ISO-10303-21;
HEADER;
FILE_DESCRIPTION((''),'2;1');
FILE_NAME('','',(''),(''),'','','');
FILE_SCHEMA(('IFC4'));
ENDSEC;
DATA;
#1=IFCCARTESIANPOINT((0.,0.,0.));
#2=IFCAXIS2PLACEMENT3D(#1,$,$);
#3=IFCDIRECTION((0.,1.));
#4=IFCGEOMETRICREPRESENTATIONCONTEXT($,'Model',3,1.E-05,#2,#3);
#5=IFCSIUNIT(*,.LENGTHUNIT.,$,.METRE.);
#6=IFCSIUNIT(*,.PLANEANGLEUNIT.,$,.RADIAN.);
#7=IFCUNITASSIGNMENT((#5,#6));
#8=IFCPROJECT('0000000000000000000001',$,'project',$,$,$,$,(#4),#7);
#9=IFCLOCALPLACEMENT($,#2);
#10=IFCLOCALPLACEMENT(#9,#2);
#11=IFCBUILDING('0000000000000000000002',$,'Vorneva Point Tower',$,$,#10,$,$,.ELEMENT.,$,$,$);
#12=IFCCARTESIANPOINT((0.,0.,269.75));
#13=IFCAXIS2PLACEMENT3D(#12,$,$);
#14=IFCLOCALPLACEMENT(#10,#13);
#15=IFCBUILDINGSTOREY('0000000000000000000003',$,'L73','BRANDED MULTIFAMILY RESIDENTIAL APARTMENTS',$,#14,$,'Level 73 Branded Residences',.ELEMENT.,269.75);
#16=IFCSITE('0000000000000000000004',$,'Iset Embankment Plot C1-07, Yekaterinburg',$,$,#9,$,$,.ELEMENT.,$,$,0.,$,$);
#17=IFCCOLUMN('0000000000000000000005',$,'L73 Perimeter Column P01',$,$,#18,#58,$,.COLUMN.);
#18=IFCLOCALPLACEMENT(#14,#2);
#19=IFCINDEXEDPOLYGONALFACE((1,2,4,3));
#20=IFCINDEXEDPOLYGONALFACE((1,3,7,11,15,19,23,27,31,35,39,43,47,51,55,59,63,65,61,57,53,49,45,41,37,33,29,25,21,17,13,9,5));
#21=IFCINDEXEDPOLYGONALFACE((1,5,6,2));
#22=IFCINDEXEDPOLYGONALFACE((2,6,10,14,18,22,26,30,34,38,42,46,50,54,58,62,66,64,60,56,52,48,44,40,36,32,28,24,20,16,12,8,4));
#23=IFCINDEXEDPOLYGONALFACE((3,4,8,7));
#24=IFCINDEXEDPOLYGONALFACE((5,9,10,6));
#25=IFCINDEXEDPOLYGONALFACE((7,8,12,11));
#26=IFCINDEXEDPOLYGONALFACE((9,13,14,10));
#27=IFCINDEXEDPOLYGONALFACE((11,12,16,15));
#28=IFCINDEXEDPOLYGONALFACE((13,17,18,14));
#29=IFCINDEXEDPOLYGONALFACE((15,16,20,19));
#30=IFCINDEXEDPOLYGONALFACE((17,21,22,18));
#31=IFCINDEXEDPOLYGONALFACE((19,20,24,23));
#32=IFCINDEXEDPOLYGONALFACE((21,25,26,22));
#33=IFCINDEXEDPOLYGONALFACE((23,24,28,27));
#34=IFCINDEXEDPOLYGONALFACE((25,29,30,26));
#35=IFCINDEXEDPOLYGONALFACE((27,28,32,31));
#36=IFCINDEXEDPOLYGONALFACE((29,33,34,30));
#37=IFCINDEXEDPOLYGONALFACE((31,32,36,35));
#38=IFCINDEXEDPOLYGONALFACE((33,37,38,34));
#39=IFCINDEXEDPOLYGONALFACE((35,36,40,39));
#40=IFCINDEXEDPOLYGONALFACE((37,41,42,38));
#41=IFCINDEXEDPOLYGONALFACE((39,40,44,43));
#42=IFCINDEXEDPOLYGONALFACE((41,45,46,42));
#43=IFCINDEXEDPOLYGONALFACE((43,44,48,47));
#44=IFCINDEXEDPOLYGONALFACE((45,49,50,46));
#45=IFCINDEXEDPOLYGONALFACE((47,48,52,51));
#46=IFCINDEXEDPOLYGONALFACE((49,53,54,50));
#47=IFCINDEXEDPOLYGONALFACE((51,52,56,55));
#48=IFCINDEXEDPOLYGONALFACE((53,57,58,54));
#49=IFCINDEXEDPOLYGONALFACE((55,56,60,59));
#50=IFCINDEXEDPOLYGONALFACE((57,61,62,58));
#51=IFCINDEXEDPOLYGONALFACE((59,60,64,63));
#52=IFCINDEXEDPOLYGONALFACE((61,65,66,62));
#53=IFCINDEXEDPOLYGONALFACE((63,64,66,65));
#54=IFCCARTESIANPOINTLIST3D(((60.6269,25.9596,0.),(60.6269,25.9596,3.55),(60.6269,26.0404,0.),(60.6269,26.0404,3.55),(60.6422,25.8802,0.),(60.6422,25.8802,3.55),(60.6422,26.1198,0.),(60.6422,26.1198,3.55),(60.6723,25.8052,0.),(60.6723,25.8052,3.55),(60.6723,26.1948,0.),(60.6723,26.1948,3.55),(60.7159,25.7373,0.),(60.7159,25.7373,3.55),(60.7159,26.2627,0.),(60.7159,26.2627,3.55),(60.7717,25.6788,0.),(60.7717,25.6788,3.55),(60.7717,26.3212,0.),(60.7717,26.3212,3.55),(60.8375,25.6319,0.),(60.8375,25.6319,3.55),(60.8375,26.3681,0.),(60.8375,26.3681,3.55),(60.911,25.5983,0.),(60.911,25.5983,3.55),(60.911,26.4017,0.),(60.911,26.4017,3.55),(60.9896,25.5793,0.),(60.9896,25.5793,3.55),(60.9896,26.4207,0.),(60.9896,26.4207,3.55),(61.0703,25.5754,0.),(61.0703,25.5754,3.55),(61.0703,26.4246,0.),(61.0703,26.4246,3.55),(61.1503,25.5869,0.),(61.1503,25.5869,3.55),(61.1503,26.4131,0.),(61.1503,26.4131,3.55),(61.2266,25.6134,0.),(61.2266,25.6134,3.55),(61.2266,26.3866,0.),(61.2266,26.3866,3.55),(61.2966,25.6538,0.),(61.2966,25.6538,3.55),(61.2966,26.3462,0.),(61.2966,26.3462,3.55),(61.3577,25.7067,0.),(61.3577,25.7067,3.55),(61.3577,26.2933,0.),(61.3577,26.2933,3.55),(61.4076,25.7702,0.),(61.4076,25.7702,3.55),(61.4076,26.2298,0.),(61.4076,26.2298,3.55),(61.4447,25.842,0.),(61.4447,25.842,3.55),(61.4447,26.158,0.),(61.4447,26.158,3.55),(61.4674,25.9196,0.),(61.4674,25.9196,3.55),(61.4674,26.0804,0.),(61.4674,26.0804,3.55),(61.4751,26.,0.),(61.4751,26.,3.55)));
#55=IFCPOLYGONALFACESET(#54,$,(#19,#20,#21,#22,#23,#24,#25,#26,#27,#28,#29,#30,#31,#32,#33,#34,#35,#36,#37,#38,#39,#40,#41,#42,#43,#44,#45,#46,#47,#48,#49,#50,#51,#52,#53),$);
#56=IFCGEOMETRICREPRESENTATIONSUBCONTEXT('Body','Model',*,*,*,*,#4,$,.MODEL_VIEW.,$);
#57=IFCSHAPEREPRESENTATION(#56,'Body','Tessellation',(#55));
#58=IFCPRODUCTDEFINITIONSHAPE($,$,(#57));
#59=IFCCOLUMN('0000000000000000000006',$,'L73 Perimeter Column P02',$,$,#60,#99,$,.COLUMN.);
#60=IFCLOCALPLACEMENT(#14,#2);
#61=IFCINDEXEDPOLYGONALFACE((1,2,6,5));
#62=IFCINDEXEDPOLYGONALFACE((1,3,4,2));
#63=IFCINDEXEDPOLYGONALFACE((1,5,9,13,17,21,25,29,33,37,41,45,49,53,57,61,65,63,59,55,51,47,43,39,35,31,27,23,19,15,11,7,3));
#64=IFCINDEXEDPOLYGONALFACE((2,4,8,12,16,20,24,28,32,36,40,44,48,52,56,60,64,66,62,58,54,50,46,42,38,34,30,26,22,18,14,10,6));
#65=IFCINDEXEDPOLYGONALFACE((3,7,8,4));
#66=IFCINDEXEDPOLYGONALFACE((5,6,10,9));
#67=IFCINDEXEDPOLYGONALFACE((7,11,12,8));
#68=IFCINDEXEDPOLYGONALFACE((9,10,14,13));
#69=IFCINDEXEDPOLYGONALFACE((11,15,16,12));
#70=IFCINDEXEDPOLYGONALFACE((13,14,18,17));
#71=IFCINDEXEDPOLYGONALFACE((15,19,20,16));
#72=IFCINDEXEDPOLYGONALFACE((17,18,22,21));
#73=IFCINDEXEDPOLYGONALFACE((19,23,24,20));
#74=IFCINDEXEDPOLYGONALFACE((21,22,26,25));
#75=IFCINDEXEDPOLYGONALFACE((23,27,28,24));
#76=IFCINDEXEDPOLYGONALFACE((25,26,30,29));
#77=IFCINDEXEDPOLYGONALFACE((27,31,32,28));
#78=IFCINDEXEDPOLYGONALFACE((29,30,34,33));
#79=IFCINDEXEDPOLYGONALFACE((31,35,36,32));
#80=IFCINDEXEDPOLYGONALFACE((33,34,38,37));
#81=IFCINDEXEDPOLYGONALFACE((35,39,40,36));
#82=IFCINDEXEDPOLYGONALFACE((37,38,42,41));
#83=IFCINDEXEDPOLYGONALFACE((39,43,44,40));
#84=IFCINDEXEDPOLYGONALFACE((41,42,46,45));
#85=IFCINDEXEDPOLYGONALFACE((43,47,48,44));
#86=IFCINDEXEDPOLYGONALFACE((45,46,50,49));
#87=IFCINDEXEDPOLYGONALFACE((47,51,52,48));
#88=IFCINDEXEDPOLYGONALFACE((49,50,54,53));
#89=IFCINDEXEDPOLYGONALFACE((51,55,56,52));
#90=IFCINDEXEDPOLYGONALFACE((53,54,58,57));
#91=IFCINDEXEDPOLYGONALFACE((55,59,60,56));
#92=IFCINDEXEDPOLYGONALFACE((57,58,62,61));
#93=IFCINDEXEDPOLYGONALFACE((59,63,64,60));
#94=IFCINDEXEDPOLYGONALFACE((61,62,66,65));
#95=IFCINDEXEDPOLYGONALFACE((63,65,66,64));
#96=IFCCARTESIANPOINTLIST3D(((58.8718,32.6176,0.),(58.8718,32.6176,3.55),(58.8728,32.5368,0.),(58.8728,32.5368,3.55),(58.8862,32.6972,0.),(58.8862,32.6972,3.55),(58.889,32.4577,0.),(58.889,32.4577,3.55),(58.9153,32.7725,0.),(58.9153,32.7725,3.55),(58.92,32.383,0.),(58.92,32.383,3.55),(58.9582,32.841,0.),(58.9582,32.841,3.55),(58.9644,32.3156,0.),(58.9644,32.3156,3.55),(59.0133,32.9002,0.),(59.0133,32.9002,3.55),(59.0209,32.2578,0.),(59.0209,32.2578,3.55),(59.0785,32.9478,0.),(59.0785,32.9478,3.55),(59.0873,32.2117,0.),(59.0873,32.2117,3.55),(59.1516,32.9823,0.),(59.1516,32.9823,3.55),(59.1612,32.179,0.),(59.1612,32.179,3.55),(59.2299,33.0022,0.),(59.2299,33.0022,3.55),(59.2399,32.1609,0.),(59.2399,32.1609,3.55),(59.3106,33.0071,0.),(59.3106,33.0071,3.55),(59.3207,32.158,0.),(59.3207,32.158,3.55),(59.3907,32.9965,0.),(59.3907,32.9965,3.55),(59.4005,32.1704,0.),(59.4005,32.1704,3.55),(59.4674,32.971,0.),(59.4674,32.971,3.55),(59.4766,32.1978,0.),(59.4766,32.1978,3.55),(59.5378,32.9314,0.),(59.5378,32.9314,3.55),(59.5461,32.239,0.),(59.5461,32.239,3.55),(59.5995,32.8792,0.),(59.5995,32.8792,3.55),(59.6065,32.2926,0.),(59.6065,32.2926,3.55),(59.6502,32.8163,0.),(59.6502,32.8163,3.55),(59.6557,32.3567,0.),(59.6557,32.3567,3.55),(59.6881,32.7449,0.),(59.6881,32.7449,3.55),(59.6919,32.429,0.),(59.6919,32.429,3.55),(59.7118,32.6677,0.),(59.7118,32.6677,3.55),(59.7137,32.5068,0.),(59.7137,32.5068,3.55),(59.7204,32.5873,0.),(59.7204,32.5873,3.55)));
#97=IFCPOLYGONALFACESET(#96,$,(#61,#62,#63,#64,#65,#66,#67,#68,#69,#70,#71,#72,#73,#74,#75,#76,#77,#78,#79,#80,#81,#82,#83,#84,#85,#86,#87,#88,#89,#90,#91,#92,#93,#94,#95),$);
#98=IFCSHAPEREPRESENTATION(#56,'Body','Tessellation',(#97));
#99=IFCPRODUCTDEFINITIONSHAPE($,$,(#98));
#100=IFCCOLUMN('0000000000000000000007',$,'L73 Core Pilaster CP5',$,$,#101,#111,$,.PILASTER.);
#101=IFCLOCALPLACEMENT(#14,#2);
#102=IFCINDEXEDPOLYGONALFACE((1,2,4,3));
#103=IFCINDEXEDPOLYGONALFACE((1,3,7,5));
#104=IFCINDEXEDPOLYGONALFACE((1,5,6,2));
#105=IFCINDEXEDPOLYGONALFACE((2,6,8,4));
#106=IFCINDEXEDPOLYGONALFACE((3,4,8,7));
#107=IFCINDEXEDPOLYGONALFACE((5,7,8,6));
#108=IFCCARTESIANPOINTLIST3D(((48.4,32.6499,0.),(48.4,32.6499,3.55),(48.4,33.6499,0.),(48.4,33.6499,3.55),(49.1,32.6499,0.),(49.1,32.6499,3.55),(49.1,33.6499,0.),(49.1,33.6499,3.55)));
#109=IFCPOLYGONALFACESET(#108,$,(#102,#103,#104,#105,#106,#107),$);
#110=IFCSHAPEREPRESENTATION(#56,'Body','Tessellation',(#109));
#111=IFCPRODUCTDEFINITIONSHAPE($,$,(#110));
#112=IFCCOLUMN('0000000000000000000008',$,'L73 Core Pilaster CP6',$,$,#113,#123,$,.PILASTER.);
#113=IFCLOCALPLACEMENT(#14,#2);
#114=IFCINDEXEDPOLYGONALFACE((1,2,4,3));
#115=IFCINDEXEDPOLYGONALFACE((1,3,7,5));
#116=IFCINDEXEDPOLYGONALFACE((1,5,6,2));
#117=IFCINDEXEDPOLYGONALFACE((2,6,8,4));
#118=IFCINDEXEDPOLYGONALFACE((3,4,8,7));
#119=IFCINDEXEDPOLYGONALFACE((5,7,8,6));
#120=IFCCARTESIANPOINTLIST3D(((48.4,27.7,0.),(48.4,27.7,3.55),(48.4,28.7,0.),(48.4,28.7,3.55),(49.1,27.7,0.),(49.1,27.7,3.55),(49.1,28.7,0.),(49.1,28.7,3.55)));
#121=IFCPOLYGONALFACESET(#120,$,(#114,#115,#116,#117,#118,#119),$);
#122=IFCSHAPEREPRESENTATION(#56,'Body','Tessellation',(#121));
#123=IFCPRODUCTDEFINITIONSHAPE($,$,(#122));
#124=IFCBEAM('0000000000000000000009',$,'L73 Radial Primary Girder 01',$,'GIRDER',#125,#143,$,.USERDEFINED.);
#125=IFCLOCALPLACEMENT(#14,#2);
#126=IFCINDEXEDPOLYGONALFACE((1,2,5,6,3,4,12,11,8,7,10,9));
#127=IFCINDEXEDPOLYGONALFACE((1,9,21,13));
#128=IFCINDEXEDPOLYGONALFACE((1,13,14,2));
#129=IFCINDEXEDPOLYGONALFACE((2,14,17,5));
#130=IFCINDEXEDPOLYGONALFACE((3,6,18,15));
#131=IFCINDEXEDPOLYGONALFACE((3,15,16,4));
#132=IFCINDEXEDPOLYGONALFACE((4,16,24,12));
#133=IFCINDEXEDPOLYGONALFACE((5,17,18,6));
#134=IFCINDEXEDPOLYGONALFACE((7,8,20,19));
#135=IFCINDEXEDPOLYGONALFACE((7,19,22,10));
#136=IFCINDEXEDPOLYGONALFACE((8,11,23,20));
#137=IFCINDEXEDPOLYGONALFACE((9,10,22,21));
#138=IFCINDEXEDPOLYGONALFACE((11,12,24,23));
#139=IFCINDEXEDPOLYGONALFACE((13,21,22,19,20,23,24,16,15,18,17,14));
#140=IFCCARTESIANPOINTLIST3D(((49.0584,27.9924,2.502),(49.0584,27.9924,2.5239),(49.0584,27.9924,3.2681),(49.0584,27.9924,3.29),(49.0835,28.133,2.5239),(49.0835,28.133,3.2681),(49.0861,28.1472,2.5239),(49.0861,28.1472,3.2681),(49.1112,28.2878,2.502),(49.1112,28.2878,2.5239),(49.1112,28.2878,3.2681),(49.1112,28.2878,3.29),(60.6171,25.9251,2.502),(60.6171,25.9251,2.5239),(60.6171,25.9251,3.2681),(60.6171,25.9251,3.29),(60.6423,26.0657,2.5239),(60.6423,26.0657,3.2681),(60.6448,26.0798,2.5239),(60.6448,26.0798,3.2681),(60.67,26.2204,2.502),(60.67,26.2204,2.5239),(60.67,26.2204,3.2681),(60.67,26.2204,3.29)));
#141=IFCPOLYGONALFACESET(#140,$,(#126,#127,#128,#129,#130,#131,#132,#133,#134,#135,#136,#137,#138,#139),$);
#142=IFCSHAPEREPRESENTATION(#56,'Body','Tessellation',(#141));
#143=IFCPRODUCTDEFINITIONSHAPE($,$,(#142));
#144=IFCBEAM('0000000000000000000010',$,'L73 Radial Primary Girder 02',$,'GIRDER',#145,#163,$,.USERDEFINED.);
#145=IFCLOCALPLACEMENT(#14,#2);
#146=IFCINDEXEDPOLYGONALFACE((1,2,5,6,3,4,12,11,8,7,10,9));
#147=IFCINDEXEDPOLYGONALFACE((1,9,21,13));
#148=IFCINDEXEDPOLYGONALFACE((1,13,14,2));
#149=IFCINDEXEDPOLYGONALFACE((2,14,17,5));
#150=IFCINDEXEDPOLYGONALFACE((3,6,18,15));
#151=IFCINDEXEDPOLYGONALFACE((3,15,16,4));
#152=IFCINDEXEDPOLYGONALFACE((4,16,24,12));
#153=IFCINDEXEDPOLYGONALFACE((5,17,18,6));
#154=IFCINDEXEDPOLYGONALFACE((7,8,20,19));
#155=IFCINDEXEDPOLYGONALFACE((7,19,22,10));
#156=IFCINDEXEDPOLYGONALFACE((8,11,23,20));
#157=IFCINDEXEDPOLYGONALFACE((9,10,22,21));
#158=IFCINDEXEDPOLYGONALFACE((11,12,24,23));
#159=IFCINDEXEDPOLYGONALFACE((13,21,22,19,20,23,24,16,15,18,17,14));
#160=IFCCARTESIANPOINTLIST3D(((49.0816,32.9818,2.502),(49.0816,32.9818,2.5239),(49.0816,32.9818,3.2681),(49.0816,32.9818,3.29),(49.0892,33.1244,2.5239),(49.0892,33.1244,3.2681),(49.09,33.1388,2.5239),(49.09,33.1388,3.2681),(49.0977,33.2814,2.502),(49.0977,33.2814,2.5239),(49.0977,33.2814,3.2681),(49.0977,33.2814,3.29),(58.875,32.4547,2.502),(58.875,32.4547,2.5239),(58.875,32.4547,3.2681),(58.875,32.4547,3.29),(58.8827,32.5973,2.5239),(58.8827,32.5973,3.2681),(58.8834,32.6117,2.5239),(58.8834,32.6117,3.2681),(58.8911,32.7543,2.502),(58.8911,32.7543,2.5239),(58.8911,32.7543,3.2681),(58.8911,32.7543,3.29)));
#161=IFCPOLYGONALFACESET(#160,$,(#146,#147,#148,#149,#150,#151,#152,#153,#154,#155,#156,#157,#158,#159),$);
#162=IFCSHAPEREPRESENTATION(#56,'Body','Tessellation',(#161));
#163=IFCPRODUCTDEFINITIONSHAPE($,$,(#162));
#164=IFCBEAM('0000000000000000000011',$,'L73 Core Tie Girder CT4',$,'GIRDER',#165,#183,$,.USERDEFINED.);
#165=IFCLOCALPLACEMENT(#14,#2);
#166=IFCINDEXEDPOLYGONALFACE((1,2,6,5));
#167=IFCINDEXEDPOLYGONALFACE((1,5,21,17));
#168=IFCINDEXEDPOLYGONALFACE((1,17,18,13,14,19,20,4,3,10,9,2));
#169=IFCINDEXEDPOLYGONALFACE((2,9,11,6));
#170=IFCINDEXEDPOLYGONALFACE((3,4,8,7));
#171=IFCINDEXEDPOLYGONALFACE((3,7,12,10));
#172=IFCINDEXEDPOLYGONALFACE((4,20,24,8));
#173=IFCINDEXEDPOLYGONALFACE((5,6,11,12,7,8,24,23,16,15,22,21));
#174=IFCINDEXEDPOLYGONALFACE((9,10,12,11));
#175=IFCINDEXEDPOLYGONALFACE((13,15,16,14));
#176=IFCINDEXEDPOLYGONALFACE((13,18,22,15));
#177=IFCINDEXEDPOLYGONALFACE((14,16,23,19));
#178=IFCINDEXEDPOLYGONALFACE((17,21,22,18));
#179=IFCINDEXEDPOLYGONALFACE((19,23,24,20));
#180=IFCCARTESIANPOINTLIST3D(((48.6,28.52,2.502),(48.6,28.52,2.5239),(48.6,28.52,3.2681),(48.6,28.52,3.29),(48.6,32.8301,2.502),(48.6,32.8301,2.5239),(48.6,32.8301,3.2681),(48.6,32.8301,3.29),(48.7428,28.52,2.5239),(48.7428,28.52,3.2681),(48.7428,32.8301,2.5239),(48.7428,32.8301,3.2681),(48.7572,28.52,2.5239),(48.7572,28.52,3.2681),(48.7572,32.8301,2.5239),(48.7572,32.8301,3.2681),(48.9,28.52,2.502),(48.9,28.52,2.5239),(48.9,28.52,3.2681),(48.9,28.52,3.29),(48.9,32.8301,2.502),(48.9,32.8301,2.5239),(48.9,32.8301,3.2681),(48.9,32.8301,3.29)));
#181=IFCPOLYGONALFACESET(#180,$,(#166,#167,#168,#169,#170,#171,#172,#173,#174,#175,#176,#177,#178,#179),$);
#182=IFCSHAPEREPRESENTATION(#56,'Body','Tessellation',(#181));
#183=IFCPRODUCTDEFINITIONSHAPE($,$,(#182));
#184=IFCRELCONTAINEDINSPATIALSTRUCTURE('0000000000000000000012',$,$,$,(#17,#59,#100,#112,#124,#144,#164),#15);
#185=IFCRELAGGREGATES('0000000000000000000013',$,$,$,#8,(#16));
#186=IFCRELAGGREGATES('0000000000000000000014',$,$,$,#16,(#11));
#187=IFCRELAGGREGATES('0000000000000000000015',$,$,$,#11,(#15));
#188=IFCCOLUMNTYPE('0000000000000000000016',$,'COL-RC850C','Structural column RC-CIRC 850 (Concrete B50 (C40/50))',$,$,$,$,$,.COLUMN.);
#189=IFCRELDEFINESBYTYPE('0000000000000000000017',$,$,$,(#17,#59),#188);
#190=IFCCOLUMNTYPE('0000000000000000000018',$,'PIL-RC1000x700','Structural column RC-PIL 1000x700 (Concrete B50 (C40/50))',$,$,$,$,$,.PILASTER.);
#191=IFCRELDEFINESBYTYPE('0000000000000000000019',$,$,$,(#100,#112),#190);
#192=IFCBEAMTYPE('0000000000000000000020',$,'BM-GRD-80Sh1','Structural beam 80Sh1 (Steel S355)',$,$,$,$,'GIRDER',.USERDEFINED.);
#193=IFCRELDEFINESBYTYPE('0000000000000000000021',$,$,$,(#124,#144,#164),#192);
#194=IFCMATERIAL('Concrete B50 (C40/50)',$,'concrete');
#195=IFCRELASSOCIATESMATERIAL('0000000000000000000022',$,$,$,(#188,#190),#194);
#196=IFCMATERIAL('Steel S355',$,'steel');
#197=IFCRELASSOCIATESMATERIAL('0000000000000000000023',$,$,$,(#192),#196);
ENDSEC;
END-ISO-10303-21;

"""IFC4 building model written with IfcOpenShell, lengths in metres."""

from ifc_helpers import new_model, si_unit, direction, frame, origin, origin_2d, place, context, subcontext, project, spatial, rectangle, circle, i_section, extrude, material, material_profile, profile_set, type_object, element, save


model = new_model("IFC4")

# Units and contexts
model_context = context("Model", 3, precision=1e-05, world=origin(), true_north=direction((0.0, 1.0)))
body_context = subcontext(model_context, "Body", "Model", "MODEL_VIEW")
ifc_project = project(units=[si_unit("LENGTHUNIT", "METRE"), si_unit("PLANEANGLEUNIT", "RADIAN")], contexts=[model_context])

# Site, building, storey
site_placement = place(None, origin())
site = spatial("IfcSite", under=ifc_project, at=site_placement, Name="Iset Embankment Plot C1-07, Yekaterinburg", CompositionType="ELEMENT", RefElevation=0.0)
building_placement = place(site_placement, origin())
building = spatial("IfcBuilding", under=site, at=building_placement, Name="Vorneva Point Tower", CompositionType="ELEMENT")
storey_placement = place(building_placement, frame((0.0, 0.0, 269.75)))
storey = spatial("IfcBuildingStorey", under=building, at=storey_placement, Name="L73", Description="BRANDED MULTIFAMILY RESIDENTIAL APARTMENTS", LongName="Level 73 Branded Residences", CompositionType="ELEMENT", Elevation=269.75)

# Columns
ifc_material_1 = material(Name="Concrete B50 (C40/50)", Category="concrete")
ifc_material_profile_1 = material_profile(ifc_material_1, circle(Radius=0.425, at=origin_2d()), Name="RC-CIRC 850")
ifc_profile_set_1 = profile_set([ifc_material_profile_1], Name="Concrete B50 (C40/50)")
column_type_1 = type_object("IfcColumnType", Name="COL-RC850C", Description="Structural column RC-CIRC 850 (Concrete B50 (C40/50))", PredefinedType="COLUMN", material=ifc_profile_set_1)
for number, where, z_axis, x_axis, name in (
    (1, (61.05, 26.0, 0.0), (0.0, 0.0, 1.0), (1.0, 0.0, 0.0), "L73 Perimeter Column P01"),
    (2, (59.2954, 32.5823, 0.0), (0.0, 0.0, 1.0), (0.92388, 0.382683, 0.0), "L73 Perimeter Column P02"),
):
    element("IfcColumn", number, at=place(storey_placement, frame(where, z_axis=z_axis, x_axis=x_axis)), inside=storey, type_object=column_type_1, Name=name, PredefinedType="COLUMN", context=body_context, shape_type="SweptSolid", body=[
        extrude(circle(Radius=0.425, at=origin_2d()), origin(), (0.0, 0.0, 1.0), 3.55),
    ])
ifc_material_profile_2 = material_profile(ifc_material_1, rectangle(XDim=0.7, YDim=1.0, at=origin_2d()), Name="RC-PIL 1000x700")
ifc_profile_set_2 = profile_set([ifc_material_profile_2], Name="Concrete B50 (C40/50)")
column_type_2 = type_object("IfcColumnType", Name="PIL-RC1000x700", Description="Structural column RC-PIL 1000x700 (Concrete B50 (C40/50))", PredefinedType="PILASTER", material=ifc_profile_set_2)
for number, where, z_axis, x_axis, name in (
    (3, (48.75, 33.1499, 0.0), (0.0, 0.0, 1.0), (1.0, 0.0, 0.0), "L73 Core Pilaster CP5"),
    (4, (48.75, 28.2, 0.0), (0.0, 0.0, 1.0), (1.0, 0.0, 0.0), "L73 Core Pilaster CP6"),
):
    element("IfcColumn", number, at=place(storey_placement, frame(where, z_axis=z_axis, x_axis=x_axis)), inside=storey, type_object=column_type_2, Name=name, PredefinedType="PILASTER", context=body_context, shape_type="SweptSolid", body=[
        extrude(rectangle(XDim=0.7, YDim=1.0, at=origin_2d()), origin(), (0.0, 0.0, 1.0), 3.55),
    ])

# Beams
ifc_material_2 = material(Name="Steel S355", Category="steel")
ifc_material_profile_3 = material_profile(ifc_material_2, i_section(OverallWidth=0.3, OverallDepth=0.7881, WebThickness=0.0144, FlangeThickness=0.022, at=origin_2d()), Name="80Sh1")
ifc_profile_set_3 = profile_set([ifc_material_profile_3], Name="Steel S355")
beam_type_1 = type_object("IfcBeamType", Name="BM-GRD-80Sh1", Description="Structural beam 80Sh1 (Steel S355)", ElementType="GIRDER", PredefinedType="USERDEFINED", material=ifc_profile_set_3)
beam_1_placement = place(storey_placement, frame((60.6436, 26.0728, 2.896), z_axis=(-0.984379, 0.176063, 0.0), x_axis=(-0.176063, -0.984379, 0.0)))
element("IfcBeam", 5, at=beam_1_placement, inside=storey, type_object=beam_type_1, Name="L73 Radial Primary Girder 01", ObjectType="GIRDER", PredefinedType="USERDEFINED", context=body_context, shape_type="SweptSolid", body=[
    extrude(i_section(OverallWidth=0.3, OverallDepth=0.7881, WebThickness=0.0144, FlangeThickness=0.022, at=origin_2d()), origin(), (0.0, 0.0, 1.0), 11.7422),
])
beam_2_placement = place(storey_placement, frame((58.8831, 32.6045, 2.896), z_axis=(-0.998555, 0.053744, 0.0), x_axis=(-0.053744, -0.998555, 0.0)))
element("IfcBeam", 6, at=beam_2_placement, inside=storey, type_object=beam_type_1, Name="L73 Radial Primary Girder 02", ObjectType="GIRDER", PredefinedType="USERDEFINED", context=body_context, shape_type="SweptSolid", body=[
    extrude(i_section(OverallWidth=0.3, OverallDepth=0.7881, WebThickness=0.0144, FlangeThickness=0.022, at=origin_2d()), origin(), (0.0, 0.0, 1.0), 9.8076),
])
beam_3_placement = place(storey_placement, frame((48.75, 28.52, 2.896), z_axis=(0.0, 1.0, 0.0), x_axis=(-1.0, 0.0, 0.0)))
element("IfcBeam", 7, at=beam_3_placement, inside=storey, type_object=beam_type_1, Name="L73 Core Tie Girder CT4", ObjectType="GIRDER", PredefinedType="USERDEFINED", context=body_context, shape_type="SweptSolid", body=[
    extrude(i_section(OverallWidth=0.3, OverallDepth=0.7881, WebThickness=0.0144, FlangeThickness=0.022, at=origin_2d()), origin(), (0.0, 0.0, 1.0), 4.3101),
])

save(model, "model.ifc")
